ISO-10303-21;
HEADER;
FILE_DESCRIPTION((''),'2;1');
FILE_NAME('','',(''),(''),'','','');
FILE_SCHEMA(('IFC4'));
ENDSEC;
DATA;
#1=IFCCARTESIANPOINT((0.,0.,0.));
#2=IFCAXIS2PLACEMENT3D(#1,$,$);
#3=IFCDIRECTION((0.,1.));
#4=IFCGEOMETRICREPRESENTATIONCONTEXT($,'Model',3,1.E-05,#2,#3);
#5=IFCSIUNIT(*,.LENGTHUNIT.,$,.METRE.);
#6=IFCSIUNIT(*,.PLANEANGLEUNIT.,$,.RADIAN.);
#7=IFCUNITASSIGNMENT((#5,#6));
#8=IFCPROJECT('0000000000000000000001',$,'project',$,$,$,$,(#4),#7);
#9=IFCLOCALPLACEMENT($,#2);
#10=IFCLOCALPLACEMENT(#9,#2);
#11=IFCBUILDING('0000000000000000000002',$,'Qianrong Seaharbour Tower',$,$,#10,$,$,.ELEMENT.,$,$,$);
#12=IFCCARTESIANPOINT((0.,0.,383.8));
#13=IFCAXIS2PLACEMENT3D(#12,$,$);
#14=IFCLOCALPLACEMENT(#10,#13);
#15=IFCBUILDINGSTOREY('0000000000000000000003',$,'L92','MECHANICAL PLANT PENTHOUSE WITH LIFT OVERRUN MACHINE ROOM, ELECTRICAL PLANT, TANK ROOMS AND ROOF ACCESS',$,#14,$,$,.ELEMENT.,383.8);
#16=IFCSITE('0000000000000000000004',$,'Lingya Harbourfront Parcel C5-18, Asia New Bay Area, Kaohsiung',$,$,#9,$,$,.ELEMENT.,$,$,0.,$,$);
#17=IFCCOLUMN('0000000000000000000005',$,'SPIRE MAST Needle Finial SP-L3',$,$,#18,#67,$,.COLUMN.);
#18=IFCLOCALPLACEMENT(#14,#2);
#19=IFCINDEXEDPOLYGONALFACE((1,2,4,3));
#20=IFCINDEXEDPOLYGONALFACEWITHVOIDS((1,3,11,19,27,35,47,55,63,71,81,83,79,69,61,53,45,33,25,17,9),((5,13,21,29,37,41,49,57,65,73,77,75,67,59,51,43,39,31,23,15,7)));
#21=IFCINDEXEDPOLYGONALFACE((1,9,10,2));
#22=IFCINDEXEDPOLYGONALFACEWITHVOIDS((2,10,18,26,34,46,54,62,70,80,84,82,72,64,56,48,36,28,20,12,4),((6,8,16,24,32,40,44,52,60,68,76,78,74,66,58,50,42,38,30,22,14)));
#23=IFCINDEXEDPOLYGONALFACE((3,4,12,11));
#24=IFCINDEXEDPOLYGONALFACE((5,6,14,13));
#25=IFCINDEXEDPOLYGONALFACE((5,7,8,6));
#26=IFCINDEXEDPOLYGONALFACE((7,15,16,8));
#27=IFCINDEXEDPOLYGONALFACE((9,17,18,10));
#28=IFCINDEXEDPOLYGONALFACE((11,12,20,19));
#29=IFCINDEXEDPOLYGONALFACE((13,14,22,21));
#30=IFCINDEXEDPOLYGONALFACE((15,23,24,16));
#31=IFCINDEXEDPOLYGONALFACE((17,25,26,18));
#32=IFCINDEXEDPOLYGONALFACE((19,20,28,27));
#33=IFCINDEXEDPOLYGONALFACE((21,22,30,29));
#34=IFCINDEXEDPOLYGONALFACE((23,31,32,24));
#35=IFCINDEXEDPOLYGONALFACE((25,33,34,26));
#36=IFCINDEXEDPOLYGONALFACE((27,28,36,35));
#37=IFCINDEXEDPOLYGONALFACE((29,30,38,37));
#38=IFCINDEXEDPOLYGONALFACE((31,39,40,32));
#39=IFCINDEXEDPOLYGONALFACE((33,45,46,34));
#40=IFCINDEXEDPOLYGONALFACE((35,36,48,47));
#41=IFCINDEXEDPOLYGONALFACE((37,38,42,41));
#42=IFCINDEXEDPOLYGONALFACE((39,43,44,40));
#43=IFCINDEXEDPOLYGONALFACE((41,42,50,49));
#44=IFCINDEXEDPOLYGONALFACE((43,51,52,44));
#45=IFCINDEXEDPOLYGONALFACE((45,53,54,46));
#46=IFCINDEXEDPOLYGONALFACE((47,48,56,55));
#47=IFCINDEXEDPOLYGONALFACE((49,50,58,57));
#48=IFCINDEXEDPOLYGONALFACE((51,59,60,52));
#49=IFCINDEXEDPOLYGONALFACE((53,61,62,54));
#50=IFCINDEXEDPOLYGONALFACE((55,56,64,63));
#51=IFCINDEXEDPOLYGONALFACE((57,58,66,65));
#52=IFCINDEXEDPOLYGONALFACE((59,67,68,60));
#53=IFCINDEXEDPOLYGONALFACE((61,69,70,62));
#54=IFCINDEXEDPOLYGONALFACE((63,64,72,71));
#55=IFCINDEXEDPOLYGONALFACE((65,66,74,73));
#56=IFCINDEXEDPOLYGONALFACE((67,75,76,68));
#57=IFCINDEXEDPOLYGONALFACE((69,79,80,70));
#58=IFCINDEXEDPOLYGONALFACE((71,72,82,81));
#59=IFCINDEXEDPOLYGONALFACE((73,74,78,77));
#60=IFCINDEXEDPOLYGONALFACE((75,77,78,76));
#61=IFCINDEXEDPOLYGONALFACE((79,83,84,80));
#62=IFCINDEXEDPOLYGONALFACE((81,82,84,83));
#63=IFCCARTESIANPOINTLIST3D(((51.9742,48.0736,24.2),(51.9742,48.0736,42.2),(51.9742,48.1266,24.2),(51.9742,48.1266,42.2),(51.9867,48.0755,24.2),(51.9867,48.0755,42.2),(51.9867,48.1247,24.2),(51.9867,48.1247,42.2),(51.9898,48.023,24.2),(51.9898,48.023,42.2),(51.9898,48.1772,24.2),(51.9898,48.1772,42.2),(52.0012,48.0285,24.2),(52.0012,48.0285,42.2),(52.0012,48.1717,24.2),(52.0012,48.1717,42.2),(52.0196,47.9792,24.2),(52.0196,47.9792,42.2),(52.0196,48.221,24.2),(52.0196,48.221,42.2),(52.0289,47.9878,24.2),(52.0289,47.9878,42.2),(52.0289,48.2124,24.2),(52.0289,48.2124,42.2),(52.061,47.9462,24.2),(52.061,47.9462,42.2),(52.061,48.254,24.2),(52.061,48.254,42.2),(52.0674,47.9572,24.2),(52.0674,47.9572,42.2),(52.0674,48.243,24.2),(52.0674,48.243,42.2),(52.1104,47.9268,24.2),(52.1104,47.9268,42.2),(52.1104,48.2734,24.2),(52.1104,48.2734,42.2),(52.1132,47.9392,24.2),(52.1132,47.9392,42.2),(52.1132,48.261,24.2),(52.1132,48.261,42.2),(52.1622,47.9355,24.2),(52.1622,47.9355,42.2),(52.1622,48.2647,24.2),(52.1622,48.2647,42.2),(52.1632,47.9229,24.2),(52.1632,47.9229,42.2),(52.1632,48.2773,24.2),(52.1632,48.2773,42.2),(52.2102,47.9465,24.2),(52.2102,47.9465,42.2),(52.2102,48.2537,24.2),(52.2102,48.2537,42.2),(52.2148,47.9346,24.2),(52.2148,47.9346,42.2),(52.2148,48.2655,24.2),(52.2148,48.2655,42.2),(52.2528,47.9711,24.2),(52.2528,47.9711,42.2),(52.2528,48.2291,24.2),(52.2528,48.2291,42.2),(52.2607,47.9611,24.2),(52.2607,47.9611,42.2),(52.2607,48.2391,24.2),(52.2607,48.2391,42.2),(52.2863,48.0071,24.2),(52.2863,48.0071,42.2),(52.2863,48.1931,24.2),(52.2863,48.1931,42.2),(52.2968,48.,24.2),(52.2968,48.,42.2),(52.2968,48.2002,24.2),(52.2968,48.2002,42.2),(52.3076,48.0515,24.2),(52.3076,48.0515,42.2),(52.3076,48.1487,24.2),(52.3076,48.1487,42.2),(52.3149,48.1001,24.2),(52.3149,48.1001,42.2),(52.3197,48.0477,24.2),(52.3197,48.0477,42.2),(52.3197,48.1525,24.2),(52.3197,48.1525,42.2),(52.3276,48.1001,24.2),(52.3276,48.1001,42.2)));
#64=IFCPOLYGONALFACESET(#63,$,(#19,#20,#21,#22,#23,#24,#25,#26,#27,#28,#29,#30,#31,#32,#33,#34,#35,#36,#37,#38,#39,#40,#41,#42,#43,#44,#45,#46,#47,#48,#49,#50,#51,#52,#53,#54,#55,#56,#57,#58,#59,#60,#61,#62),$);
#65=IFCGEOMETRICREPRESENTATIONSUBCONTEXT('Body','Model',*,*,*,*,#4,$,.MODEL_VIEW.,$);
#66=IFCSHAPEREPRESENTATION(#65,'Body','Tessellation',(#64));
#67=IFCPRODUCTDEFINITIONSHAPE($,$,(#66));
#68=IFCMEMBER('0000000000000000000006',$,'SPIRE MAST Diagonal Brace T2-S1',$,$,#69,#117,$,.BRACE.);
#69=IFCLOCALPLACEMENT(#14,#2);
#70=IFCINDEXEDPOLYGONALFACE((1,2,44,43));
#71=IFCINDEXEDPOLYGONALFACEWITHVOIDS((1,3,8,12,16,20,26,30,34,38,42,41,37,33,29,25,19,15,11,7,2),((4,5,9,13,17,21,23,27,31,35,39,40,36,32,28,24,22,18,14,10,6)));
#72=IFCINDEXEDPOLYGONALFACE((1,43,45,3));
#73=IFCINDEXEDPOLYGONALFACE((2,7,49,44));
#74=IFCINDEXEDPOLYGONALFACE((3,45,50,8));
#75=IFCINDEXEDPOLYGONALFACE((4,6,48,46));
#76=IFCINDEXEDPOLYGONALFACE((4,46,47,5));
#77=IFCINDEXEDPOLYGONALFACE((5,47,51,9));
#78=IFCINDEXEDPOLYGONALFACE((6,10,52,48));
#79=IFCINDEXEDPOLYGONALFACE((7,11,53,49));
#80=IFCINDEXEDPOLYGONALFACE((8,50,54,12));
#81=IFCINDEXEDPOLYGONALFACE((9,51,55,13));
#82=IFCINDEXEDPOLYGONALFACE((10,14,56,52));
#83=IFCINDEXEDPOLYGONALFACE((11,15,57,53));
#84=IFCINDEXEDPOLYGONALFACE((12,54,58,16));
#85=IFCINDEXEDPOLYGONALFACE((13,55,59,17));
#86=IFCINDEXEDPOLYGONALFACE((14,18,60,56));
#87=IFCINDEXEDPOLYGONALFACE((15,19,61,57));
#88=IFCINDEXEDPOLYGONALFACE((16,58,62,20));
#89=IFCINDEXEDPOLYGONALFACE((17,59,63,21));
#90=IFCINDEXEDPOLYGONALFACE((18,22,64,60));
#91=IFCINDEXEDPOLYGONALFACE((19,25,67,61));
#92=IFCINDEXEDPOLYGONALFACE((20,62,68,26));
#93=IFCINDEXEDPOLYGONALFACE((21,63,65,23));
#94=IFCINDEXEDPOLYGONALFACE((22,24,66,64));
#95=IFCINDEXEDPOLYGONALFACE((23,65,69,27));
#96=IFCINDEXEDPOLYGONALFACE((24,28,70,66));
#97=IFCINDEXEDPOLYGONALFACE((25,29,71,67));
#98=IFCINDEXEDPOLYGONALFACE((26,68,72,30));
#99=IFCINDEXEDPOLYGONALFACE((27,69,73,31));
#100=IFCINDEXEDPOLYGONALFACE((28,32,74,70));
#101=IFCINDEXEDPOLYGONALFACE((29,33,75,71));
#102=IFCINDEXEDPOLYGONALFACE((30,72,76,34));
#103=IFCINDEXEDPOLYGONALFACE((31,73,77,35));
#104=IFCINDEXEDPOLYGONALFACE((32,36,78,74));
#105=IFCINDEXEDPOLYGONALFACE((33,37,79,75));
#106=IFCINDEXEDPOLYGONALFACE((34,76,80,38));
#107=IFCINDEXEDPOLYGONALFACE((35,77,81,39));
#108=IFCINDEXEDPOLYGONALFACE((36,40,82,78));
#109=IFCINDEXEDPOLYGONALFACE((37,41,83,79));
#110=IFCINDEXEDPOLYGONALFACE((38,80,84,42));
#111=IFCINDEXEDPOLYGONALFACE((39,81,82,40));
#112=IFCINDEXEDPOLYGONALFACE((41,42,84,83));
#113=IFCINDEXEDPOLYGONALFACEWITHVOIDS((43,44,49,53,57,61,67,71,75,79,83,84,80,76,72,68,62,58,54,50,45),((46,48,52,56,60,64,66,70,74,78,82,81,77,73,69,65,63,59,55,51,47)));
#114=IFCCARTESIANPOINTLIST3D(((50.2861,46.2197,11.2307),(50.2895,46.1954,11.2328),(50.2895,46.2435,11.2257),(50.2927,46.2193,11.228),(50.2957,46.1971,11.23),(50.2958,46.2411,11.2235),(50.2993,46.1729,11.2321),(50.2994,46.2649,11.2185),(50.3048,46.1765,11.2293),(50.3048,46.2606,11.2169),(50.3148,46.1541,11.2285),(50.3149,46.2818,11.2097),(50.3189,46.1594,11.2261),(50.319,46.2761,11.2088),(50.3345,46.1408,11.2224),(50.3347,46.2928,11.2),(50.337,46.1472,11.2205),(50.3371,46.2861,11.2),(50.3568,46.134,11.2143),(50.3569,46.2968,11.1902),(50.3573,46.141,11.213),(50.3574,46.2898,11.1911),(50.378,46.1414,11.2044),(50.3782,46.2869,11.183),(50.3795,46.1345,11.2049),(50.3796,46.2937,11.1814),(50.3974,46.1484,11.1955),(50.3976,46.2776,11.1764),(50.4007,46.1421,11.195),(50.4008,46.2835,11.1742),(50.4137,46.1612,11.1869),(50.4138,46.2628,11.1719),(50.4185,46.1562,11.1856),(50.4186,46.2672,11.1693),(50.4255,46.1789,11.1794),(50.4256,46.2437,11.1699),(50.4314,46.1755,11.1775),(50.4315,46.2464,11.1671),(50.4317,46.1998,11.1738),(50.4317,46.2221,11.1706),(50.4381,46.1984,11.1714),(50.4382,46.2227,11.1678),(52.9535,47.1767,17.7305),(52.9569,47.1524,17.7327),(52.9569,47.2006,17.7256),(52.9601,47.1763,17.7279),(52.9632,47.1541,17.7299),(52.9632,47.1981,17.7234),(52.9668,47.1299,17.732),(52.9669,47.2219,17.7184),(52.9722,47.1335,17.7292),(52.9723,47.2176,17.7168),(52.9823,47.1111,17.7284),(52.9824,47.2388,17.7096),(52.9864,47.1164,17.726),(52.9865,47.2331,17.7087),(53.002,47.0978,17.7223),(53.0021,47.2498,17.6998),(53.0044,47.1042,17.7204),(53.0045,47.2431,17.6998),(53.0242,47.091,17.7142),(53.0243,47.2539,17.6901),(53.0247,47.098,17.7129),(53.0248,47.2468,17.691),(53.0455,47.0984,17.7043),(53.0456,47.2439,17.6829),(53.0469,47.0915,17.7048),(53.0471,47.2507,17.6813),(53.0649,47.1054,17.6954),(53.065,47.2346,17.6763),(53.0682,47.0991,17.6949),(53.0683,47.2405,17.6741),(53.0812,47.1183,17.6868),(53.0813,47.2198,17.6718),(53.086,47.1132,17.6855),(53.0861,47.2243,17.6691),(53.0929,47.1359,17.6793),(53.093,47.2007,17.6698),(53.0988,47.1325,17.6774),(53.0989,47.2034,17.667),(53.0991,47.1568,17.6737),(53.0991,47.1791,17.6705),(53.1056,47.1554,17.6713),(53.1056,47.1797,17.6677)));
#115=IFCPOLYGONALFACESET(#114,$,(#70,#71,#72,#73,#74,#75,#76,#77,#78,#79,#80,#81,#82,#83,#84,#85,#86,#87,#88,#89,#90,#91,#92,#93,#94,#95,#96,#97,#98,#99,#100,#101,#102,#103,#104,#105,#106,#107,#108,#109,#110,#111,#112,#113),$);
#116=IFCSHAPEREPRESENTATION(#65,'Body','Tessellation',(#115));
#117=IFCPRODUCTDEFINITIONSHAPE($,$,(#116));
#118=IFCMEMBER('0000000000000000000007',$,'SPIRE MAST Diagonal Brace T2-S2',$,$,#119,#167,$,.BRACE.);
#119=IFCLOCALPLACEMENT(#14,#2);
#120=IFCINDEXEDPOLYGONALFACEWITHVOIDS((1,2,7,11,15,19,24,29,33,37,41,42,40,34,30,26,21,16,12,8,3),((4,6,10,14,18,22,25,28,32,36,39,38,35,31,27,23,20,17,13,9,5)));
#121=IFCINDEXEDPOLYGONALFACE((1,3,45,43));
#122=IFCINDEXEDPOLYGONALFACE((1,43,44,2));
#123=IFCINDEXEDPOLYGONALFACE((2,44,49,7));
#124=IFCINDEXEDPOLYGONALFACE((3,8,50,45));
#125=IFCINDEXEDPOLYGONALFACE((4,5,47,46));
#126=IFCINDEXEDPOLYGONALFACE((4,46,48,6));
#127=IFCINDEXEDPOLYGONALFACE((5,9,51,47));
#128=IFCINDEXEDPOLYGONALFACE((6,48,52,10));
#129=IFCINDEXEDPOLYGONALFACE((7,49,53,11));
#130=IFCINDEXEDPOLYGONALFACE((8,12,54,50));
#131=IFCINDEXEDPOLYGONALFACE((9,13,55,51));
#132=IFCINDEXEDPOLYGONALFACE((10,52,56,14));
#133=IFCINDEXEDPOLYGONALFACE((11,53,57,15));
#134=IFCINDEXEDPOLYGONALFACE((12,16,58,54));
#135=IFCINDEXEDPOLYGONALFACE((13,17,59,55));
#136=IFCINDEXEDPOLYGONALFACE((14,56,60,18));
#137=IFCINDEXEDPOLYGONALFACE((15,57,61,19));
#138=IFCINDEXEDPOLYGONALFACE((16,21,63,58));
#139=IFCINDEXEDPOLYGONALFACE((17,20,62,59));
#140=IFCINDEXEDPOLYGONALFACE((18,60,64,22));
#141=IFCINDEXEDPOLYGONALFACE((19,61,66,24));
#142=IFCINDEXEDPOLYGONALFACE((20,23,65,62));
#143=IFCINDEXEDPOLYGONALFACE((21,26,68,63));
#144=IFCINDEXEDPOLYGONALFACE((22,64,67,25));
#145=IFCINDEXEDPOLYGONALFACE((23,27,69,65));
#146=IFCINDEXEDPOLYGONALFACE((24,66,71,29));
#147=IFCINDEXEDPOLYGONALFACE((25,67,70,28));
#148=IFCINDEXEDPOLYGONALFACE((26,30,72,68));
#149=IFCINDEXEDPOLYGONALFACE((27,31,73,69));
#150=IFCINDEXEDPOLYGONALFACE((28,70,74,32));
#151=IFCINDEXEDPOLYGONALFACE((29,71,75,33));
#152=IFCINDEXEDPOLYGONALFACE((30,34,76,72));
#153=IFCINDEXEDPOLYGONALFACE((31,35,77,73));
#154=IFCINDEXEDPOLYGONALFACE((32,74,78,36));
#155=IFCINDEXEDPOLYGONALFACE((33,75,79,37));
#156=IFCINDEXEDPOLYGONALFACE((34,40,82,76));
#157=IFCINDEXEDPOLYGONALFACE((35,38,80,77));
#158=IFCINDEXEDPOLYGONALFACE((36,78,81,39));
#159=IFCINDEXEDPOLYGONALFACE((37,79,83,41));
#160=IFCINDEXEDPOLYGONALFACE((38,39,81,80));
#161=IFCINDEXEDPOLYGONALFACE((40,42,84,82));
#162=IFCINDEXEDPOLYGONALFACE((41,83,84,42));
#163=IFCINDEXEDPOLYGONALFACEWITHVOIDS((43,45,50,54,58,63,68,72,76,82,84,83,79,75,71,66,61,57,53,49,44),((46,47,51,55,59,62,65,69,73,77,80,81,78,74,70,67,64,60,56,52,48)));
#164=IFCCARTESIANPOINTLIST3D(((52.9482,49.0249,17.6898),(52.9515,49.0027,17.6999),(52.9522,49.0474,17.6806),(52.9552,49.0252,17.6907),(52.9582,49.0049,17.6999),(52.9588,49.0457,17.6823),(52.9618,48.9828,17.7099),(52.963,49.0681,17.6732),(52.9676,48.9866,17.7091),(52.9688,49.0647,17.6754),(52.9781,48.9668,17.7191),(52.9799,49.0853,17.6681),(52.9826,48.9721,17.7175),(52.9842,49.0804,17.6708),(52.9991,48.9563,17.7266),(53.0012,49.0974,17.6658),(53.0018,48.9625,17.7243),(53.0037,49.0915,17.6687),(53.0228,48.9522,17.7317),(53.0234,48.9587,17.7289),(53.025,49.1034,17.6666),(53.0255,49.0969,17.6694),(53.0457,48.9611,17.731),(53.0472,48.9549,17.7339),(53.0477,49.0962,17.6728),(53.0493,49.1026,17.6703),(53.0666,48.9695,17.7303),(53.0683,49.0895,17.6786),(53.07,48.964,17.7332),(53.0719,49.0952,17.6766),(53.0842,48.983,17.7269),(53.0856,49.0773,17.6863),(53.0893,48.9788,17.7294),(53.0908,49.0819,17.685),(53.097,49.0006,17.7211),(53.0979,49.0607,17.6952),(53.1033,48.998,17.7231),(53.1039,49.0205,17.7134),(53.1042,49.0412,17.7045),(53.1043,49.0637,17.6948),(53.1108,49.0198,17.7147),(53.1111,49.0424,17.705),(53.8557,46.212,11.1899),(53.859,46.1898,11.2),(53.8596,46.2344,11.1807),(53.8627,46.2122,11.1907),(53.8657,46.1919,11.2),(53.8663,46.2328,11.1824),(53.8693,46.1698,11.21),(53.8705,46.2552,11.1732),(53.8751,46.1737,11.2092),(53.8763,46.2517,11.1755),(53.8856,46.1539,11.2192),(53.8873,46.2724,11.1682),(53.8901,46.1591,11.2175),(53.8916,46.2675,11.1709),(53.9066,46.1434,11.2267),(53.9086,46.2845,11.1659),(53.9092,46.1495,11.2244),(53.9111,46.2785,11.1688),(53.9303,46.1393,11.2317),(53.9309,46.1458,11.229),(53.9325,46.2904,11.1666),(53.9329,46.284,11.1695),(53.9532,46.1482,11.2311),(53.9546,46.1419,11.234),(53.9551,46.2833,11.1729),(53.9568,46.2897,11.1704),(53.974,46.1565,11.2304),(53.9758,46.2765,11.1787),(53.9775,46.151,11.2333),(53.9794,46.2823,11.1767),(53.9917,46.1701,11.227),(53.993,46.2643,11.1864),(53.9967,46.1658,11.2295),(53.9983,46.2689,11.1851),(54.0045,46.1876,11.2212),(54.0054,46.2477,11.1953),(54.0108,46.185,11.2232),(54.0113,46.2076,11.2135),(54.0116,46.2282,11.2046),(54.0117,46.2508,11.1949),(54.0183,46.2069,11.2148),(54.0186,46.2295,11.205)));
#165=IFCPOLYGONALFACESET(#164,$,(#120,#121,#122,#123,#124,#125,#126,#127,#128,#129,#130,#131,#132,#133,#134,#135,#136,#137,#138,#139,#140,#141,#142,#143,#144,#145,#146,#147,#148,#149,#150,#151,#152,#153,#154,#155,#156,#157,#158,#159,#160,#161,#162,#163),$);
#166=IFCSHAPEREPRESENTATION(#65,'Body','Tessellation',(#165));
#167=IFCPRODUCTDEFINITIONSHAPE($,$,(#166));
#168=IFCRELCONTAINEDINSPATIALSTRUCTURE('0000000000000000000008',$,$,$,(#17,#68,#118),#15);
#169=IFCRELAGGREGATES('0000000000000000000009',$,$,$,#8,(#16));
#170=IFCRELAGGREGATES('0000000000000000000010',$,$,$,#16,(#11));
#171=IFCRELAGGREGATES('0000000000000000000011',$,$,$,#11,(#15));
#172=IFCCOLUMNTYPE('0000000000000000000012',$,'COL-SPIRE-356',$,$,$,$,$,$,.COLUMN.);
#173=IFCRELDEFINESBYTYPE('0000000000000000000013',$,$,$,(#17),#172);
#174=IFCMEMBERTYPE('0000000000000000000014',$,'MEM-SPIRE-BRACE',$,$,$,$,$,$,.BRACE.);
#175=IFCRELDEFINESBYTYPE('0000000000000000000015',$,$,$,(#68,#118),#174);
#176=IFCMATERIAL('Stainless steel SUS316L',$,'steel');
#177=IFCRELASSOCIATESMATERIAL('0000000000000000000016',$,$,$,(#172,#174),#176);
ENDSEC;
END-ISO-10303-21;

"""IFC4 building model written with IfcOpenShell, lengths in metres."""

from ifc_helpers import new_model, si_unit, direction, frame, origin, origin_2d, place, context, subcontext, project, spatial, hollow_circle, extrude, material, material_profile, profile_set, type_object, element, save


model = new_model("IFC4")

# Units and contexts
model_context = context("Model", 3, precision=1e-05, world=origin(), true_north=direction((0.0, 1.0)))
body_context = subcontext(model_context, "Body", "Model", "MODEL_VIEW")
ifc_project = project(units=[si_unit("LENGTHUNIT", "METRE"), si_unit("PLANEANGLEUNIT", "RADIAN")], contexts=[model_context])

# Site, building, storey
site_placement = place(None, origin())
site = spatial("IfcSite", under=ifc_project, at=site_placement, Name="Lingya Harbourfront Parcel C5-18, Asia New Bay Area, Kaohsiung", CompositionType="ELEMENT", RefElevation=0.0)
building_placement = place(site_placement, origin())
building = spatial("IfcBuilding", under=site, at=building_placement, Name="Qianrong Seaharbour Tower", CompositionType="ELEMENT")
storey_placement = place(building_placement, frame((0.0, 0.0, 383.8)))
storey = spatial("IfcBuildingStorey", under=building, at=storey_placement, Name="L92", Description="MECHANICAL PLANT PENTHOUSE WITH LIFT OVERRUN MACHINE ROOM, ELECTRICAL PLANT, TANK ROOMS AND ROOF ACCESS", CompositionType="ELEMENT", Elevation=383.8)

# Column
ifc_material = material(Name="Stainless steel SUS316L", Category="steel")
ifc_material_profile_1 = material_profile(ifc_material, hollow_circle(Radius=0.1777, WallThickness=0.0127, at=origin_2d()), Name="CHS355.6x12.7")
ifc_profile_set_1 = profile_set([ifc_material_profile_1], Name="Stainless steel SUS316L")
column_type = type_object("IfcColumnType", Name="COL-SPIRE-356", PredefinedType="COLUMN", material=ifc_profile_set_1)
column_placement = place(storey_placement, frame((52.1499, 48.1001, 24.2), z_axis=(0.0, 0.0, 1.0), x_axis=(1.0, 0.0, 0.0)))
element("IfcColumn", 1, at=column_placement, inside=storey, type_object=column_type, Name="SPIRE MAST Needle Finial SP-L3", PredefinedType="COLUMN", context=body_context, shape_type="SweptSolid", body=[
    extrude(hollow_circle(Radius=0.1777, WallThickness=0.0127, at=origin_2d()), origin(), (0.0, 0.0, 1.0), 18.0),
])

# Members
ifc_material_profile_2 = material_profile(ifc_material, hollow_circle(Radius=0.0825, WallThickness=0.0071, at=origin_2d()), Name="CHS165.2x7.1")
ifc_profile_set_2 = profile_set([ifc_material_profile_2], Name="Stainless steel SUS316L")
member_type_1 = type_object("IfcMemberType", Name="MEM-SPIRE-BRACE", PredefinedType="BRACE", material=ifc_profile_set_2)
member_1_placement = place(storey_placement, frame((50.3625, 46.2151, 11.2), z_axis=(0.376182, 0.134965, 0.916663), x_axis=(-0.3377, 0.941254, 0.0)))
element("IfcMember", 2, at=member_1_placement, inside=storey, type_object=member_type_1, Name="SPIRE MAST Diagonal Brace T2-S1", PredefinedType="BRACE", context=body_context, shape_type="SweptSolid", body=[
    extrude(hollow_circle(Radius=0.0825, WallThickness=0.0071, at=origin_2d()), origin(), (0.0, 0.0, 1.0), 7.0908),
])
member_2_placement = place(storey_placement, frame((53.9375, 46.2151, 11.2), z_axis=(-0.127088, 0.39395, 0.910303), x_axis=(-0.951703, -0.30702, 0.0)))
element("IfcMember", 3, at=member_2_placement, inside=storey, type_object=member_type_1, Name="SPIRE MAST Diagonal Brace T2-S2", PredefinedType="BRACE", context=body_context, shape_type="SweptSolid", body=[
    extrude(hollow_circle(Radius=0.0825, WallThickness=0.0071, at=origin_2d()), origin(), (0.0, 0.0, 1.0), 7.1404),
])

save(model, "model.ifc")
